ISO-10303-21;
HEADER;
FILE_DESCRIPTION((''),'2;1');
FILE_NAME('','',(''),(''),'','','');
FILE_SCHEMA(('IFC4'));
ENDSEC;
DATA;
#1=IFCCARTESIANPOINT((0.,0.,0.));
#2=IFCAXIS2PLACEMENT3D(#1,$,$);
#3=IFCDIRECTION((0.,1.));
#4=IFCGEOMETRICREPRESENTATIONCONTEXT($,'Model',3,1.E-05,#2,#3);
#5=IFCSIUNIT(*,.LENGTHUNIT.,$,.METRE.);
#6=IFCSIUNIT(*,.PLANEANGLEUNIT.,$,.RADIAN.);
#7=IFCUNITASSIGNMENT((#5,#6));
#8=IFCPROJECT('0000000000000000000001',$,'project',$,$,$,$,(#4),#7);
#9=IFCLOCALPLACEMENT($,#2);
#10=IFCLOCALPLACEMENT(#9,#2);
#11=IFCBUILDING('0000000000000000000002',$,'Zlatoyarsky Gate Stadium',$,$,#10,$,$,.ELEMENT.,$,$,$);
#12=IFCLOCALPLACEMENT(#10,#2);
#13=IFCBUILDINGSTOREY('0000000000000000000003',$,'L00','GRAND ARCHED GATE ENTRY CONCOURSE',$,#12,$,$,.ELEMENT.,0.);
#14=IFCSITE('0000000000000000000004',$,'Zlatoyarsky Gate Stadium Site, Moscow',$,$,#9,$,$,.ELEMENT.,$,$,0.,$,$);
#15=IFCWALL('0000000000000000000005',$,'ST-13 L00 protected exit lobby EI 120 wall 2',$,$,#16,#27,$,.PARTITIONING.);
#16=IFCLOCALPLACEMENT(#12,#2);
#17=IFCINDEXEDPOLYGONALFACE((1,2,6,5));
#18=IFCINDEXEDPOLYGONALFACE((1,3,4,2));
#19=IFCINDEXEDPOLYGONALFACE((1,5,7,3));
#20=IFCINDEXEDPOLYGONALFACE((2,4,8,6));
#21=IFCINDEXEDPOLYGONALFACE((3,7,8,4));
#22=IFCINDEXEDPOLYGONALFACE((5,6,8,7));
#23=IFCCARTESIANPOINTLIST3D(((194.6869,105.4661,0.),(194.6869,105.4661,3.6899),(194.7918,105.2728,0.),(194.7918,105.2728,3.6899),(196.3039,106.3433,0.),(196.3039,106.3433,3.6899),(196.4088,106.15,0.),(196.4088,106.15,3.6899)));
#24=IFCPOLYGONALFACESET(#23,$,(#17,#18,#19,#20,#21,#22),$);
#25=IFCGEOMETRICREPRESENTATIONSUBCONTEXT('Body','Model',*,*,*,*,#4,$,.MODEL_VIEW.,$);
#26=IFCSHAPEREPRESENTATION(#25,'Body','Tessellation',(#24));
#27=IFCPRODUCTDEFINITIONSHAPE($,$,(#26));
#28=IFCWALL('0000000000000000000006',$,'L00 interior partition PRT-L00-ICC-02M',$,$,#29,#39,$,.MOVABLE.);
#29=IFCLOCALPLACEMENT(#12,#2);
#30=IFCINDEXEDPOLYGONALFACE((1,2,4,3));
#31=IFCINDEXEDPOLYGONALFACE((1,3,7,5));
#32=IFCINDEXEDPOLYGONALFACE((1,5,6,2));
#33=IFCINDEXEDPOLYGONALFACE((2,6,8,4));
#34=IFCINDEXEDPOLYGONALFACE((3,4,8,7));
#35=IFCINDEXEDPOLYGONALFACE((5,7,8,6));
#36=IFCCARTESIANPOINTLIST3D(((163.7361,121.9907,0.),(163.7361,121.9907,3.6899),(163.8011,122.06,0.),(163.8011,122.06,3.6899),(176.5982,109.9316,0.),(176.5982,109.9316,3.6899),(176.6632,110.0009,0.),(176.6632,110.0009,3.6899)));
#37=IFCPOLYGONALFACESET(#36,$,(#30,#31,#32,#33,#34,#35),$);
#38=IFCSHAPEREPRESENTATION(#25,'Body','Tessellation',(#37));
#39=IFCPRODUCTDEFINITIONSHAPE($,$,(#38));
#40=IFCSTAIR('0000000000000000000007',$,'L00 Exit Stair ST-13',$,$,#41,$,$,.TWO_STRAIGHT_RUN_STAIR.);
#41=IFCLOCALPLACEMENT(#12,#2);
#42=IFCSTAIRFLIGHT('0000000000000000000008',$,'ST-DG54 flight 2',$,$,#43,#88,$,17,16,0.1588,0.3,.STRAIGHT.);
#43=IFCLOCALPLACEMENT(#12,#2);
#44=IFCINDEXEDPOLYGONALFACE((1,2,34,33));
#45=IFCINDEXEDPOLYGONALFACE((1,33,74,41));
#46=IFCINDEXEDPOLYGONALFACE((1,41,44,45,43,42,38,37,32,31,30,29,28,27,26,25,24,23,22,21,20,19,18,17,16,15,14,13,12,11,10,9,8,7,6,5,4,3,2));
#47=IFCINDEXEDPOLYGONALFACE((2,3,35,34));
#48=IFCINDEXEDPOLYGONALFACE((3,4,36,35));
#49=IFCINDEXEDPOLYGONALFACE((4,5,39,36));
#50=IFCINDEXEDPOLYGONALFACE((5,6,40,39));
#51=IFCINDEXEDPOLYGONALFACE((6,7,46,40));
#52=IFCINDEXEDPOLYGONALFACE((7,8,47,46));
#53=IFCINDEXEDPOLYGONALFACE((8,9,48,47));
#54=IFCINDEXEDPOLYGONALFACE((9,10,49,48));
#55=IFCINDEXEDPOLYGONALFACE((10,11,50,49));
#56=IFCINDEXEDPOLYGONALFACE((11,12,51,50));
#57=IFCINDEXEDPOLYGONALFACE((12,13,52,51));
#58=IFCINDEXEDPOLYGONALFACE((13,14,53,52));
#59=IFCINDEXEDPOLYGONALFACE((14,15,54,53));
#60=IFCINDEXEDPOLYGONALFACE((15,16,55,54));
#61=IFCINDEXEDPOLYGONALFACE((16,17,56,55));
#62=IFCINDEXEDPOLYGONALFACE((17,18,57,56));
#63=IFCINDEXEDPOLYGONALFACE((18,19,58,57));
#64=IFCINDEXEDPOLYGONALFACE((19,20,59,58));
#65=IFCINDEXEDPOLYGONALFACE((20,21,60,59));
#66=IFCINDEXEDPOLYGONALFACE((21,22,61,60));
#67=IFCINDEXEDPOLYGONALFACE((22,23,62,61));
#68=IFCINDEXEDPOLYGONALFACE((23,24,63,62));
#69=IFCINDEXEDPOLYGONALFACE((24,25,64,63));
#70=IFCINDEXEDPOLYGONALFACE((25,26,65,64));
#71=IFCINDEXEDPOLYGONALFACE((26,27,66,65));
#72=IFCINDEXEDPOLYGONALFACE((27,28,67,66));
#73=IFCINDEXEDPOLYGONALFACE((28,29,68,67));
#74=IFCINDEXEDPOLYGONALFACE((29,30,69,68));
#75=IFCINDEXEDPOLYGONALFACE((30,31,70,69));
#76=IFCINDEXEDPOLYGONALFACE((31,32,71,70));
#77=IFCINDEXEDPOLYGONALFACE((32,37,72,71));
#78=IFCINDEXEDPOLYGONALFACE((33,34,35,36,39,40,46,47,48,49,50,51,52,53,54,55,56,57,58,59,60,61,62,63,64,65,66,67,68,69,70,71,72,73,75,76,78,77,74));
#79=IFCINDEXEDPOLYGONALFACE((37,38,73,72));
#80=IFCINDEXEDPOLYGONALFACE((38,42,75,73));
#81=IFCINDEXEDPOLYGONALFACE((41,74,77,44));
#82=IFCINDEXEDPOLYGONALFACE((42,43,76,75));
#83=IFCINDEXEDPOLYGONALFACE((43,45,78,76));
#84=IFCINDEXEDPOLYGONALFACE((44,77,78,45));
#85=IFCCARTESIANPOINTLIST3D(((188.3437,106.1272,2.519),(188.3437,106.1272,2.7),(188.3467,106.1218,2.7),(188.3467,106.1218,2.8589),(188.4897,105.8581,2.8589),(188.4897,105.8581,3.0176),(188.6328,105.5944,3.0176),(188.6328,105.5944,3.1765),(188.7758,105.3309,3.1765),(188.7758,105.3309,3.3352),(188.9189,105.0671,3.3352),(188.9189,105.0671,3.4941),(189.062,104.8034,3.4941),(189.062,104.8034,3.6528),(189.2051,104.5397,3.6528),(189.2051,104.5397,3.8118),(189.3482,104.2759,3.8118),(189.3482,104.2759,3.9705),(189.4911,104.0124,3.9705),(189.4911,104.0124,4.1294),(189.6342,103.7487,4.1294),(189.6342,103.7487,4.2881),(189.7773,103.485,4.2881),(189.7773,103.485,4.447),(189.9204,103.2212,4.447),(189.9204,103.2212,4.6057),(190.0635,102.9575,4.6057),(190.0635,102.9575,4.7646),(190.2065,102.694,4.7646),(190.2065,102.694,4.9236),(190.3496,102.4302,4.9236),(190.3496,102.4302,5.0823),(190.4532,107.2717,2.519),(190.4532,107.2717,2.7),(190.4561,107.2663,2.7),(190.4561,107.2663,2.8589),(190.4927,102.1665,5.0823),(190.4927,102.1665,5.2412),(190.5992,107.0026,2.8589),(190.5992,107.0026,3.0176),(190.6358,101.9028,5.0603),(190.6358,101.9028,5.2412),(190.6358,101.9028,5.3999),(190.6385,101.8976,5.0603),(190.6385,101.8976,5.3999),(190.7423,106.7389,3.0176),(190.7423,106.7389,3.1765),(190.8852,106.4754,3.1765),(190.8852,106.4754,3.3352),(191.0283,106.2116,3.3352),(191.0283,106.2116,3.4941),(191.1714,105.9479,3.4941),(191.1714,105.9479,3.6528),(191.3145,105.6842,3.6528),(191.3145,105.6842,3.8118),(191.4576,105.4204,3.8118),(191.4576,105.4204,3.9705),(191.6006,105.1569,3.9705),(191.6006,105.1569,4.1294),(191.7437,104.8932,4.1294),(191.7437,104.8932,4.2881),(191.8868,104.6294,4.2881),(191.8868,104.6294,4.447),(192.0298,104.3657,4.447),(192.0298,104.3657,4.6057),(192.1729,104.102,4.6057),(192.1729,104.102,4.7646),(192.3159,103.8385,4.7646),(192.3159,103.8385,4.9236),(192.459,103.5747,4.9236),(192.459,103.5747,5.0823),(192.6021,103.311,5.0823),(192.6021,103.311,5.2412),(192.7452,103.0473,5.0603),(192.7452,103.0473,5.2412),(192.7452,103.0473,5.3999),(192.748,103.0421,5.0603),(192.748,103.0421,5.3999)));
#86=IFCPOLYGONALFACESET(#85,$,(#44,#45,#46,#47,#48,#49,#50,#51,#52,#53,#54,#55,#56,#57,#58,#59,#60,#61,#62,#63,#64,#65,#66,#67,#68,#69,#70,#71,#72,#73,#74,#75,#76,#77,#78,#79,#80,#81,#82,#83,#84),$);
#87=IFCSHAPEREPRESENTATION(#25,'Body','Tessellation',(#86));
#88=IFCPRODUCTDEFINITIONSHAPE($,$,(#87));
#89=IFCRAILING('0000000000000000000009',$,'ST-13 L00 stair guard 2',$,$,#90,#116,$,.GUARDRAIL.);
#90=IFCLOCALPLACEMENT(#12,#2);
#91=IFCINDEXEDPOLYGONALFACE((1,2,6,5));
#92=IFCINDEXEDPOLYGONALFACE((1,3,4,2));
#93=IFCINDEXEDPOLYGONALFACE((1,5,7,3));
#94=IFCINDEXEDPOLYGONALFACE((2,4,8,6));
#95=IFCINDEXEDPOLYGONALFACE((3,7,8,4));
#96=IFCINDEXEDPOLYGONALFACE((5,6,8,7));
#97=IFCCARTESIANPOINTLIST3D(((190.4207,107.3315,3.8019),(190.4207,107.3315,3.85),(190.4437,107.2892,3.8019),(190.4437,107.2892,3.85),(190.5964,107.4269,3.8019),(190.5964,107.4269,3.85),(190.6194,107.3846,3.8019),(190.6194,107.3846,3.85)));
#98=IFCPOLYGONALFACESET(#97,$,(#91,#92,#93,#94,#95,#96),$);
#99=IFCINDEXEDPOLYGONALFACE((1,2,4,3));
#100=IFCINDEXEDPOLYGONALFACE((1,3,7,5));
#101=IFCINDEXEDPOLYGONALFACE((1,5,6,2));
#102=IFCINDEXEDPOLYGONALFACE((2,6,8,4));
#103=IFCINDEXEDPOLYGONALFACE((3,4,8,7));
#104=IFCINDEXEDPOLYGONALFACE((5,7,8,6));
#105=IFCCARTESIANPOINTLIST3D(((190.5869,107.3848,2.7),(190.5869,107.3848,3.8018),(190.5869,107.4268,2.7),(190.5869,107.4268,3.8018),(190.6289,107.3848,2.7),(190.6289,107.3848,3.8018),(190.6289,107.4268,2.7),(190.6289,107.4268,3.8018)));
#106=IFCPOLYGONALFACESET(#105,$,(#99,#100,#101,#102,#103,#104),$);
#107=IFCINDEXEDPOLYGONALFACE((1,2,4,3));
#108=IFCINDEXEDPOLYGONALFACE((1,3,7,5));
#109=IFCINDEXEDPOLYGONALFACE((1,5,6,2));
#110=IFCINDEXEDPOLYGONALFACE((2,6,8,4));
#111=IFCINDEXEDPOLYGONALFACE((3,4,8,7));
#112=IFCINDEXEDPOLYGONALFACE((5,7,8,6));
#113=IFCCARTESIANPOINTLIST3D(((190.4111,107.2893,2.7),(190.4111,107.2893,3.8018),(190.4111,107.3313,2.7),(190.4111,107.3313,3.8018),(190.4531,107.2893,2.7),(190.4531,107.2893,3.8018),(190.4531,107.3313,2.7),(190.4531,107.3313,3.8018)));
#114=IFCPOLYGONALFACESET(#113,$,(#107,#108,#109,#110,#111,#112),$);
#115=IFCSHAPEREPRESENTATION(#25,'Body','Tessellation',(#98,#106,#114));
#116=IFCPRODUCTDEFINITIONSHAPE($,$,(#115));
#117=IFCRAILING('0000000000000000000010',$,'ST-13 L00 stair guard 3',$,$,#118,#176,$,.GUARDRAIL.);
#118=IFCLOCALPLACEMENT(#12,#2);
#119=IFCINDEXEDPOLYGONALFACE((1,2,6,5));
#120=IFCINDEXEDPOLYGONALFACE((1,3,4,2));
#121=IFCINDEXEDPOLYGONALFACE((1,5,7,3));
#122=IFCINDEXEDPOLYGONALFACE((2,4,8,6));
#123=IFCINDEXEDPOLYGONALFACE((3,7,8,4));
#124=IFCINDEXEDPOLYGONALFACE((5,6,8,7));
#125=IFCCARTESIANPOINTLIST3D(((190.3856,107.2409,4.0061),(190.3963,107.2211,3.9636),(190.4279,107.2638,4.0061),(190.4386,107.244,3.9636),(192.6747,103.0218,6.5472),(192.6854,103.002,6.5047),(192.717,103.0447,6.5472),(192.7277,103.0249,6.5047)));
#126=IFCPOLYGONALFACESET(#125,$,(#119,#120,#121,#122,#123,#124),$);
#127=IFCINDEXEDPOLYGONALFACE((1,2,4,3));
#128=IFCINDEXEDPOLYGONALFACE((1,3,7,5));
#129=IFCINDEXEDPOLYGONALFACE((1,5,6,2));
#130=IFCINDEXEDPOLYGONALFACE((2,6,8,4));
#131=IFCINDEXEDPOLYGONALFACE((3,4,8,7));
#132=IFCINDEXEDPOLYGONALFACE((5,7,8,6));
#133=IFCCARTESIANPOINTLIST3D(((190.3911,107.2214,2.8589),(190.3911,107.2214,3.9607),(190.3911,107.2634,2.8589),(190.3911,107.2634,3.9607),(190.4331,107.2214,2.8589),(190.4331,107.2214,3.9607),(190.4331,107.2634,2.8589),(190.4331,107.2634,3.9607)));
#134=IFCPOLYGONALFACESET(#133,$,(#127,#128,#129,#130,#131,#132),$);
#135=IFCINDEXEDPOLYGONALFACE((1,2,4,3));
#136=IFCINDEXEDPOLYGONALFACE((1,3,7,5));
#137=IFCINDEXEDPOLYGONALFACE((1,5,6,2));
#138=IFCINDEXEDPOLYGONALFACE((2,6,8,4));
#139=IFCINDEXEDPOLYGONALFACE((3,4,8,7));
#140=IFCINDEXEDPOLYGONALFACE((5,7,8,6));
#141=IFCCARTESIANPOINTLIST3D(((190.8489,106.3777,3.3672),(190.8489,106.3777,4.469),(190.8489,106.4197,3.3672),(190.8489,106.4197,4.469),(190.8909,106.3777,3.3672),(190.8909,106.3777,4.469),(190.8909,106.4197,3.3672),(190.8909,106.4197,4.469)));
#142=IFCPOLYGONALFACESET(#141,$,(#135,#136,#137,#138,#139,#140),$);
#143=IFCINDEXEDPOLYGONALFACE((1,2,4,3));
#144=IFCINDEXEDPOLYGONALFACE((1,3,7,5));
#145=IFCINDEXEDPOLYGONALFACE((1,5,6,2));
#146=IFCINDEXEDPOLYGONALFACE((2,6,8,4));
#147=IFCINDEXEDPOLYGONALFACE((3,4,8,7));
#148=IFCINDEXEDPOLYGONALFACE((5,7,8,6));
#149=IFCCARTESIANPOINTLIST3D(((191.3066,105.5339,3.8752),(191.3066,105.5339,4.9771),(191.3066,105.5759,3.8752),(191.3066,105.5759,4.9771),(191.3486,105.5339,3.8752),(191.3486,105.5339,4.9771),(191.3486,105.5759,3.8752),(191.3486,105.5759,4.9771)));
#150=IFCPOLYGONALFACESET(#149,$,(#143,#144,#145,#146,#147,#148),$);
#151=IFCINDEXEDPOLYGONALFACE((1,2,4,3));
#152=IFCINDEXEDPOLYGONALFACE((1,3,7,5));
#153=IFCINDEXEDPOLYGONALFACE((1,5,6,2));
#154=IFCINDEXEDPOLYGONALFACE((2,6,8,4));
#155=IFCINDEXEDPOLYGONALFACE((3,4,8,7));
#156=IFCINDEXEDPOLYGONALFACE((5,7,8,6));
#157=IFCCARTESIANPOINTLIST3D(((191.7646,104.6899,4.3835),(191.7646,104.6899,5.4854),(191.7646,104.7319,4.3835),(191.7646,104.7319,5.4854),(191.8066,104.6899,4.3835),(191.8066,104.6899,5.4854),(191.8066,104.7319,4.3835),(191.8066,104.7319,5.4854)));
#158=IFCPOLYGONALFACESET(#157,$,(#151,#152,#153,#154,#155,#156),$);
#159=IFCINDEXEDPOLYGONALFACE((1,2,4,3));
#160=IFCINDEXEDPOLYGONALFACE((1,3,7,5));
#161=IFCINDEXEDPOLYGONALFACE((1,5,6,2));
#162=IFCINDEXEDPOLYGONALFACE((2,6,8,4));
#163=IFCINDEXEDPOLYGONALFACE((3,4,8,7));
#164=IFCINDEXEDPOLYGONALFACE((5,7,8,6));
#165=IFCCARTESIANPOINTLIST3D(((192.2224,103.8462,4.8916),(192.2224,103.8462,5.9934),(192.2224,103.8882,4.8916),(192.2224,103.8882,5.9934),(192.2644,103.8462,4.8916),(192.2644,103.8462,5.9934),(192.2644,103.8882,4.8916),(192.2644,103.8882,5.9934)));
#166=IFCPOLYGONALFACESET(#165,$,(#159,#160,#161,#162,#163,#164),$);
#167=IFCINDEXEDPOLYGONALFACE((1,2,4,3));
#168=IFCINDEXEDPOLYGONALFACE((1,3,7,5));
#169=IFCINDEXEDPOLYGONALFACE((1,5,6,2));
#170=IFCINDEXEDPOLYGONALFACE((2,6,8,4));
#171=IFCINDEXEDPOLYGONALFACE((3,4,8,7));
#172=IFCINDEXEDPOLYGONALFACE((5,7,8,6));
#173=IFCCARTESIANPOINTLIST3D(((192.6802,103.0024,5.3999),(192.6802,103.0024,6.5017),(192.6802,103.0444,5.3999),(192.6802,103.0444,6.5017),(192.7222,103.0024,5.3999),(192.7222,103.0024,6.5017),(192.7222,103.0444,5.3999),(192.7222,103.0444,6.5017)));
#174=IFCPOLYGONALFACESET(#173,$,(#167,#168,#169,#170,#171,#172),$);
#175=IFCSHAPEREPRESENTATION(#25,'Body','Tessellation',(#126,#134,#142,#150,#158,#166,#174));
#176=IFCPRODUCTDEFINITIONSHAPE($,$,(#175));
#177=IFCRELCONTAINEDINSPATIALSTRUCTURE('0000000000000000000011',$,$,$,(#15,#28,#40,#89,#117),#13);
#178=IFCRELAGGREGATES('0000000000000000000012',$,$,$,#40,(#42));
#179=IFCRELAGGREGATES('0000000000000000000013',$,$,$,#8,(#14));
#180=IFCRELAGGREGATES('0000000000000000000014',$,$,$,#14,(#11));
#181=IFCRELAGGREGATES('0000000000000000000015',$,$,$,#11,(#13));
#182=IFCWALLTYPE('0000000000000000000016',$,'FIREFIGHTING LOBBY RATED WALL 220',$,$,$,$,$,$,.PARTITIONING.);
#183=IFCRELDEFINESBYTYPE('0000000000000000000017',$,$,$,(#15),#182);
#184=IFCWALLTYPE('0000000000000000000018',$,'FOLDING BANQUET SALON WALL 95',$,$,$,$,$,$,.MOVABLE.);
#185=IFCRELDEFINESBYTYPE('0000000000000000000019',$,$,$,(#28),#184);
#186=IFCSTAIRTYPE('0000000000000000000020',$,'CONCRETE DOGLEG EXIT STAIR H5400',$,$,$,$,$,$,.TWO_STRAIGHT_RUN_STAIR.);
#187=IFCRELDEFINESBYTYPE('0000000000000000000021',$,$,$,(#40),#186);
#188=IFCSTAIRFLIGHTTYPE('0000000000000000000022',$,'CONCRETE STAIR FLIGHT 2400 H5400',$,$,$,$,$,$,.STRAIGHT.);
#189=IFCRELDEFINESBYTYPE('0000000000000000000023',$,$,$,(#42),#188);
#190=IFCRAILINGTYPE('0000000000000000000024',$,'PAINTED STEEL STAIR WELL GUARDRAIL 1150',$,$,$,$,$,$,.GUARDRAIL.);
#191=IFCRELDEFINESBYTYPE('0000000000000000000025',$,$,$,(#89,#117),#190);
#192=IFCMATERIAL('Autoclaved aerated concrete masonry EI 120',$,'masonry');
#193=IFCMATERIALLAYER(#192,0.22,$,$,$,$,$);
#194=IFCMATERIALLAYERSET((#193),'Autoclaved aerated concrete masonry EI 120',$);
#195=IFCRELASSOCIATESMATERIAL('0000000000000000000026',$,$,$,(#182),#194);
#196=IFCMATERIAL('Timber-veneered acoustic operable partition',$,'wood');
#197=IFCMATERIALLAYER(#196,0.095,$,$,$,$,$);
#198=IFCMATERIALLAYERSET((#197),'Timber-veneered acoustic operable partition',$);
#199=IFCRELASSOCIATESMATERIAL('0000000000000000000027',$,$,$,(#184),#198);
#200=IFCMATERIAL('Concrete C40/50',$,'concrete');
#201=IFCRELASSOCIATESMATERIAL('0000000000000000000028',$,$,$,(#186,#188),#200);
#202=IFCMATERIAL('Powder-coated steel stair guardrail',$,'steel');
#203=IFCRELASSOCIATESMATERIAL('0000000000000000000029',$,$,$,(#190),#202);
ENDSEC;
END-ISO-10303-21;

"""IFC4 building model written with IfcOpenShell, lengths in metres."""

from ifc_helpers import new_model, si_unit, direction, frame, frame_2d, origin, origin_2d, place, context, subcontext, project, spatial, polyline, rectangle, outline, extrude, material, layer, layer_set, type_object, element, aggregate, save


model = new_model("IFC4")

# Units and contexts
model_context = context("Model", 3, precision=1e-05, world=origin(), true_north=direction((0.0, 1.0)))
body_context = subcontext(model_context, "Body", "Model", "MODEL_VIEW")
ifc_project = project(units=[si_unit("LENGTHUNIT", "METRE"), si_unit("PLANEANGLEUNIT", "RADIAN")], contexts=[model_context])

# Site, building, storey
site_placement = place(None, origin())
site = spatial("IfcSite", under=ifc_project, at=site_placement, Name="Zlatoyarsky Gate Stadium Site, Moscow", CompositionType="ELEMENT", RefElevation=0.0)
building_placement = place(site_placement, origin())
building = spatial("IfcBuilding", under=site, at=building_placement, Name="Zlatoyarsky Gate Stadium", CompositionType="ELEMENT")
storey_placement = place(building_placement, origin())
storey = spatial("IfcBuildingStorey", under=building, at=storey_placement, Name="L00", Description="GRAND ARCHED GATE ENTRY CONCOURSE", CompositionType="ELEMENT", Elevation=0.0)

# Shared definitions
ifc_material_1 = material(Name="Concrete C40/50", Category="concrete")

# Walls
ifc_material_2 = material(Name="Autoclaved aerated concrete masonry EI 120", Category="masonry")
ifc_layer_1 = layer(ifc_material_2, 0.22)
ifc_layer_set_1 = layer_set([ifc_layer_1], Name="Autoclaved aerated concrete masonry EI 120")
wall_type_1 = type_object("IfcWallType", Name="FIREFIGHTING LOBBY RATED WALL 220", PredefinedType="PARTITIONING", material=ifc_layer_set_1)
wall_1_placement = place(storey_placement, frame((194.7393, 105.3694, 0.0), z_axis=(0.0, 0.0, 1.0), x_axis=(0.878984, 0.476852, 0.0)))
element("IfcWall", 1, at=wall_1_placement, inside=storey, type_object=wall_type_1, Name="ST-13 L00 protected exit lobby EI 120 wall 2", PredefinedType="PARTITIONING", context=body_context, shape_type="SweptSolid", body=[
    extrude(rectangle(XDim=1.8396, YDim=0.22, at=frame_2d((0.9199, 0.0))), origin(), (0.0, 0.0, 1.0), 3.6899),
])
ifc_material_3 = material(Name="Timber-veneered acoustic operable partition", Category="wood")
ifc_layer_2 = layer(ifc_material_3, 0.095)
ifc_layer_set_2 = layer_set([ifc_layer_2], Name="Timber-veneered acoustic operable partition")
wall_type_2 = type_object("IfcWallType", Name="FOLDING BANQUET SALON WALL 95", PredefinedType="MOVABLE", material=ifc_layer_set_2)
wall_2_placement = place(storey_placement, frame((176.6306, 109.9663, 0.0), z_axis=(0.0, 0.0, 1.0), x_axis=(-0.729512, 0.683968, 0.0)))
element("IfcWall", 2, at=wall_2_placement, inside=storey, type_object=wall_type_2, Name="L00 interior partition PRT-L00-ICC-02M", PredefinedType="MOVABLE", context=body_context, shape_type="SweptSolid", body=[
    extrude(rectangle(XDim=17.6311, YDim=0.095, at=frame_2d((8.8154, 0.0))), origin(), (0.0, 0.0, 1.0), 3.6899),
])

# Stair, stair flight
stair_type = type_object("IfcStairType", Name="CONCRETE DOGLEG EXIT STAIR H5400", PredefinedType="TWO_STRAIGHT_RUN_STAIR", material=ifc_material_1)
stair_placement = place(storey_placement, origin())
stair = element("IfcStair", 3, at=stair_placement, inside=storey, type_object=stair_type, Name="L00 Exit Stair ST-13", PredefinedType="TWO_STRAIGHT_RUN_STAIR")
stair_flight_type = type_object("IfcStairFlightType", Name="CONCRETE STAIR FLIGHT 2400 H5400", PredefinedType="STRAIGHT", material=ifc_material_1)
stair_flight_placement = place(storey_placement, frame((189.4014, 106.6941, 2.7), z_axis=(0.0, 0.0, 1.0), x_axis=(0.47689, -0.878963, 0.0)))
stair_flight = element("IfcStairFlight", 4, at=stair_flight_placement, type_object=stair_flight_type, Name="ST-DG54 flight 2", NumberOfRisers=17, NumberOfTreads=16, PredefinedType="STRAIGHT", RiserHeight=0.1588, TreadLength=0.3, context=body_context, shape_type="SweptSolid", body=[
    extrude(outline(polyline([(-0.0061, -0.1809), (-0.0061, 0.0), (0.0, 0.0), (0.0, 0.1589), (0.3, 0.1589), (0.3, 0.3176), (0.6001, 0.3176), (0.6001, 0.4766), (0.8999, 0.4766), (0.8999, 0.6353), (1.2, 0.6353), (1.2, 0.7942), (1.5, 0.7942), (1.5, 0.9529), (1.8, 0.9529), (1.8, 1.1118), (2.1001, 1.1118), (2.1001, 1.2705), (2.3999, 1.2705), (2.3999, 1.4294), (2.7, 1.4294), (2.7, 1.5881), (3.0, 1.5881), (3.0, 1.7471), (3.3, 1.7471), (3.3, 1.9058), (3.6001, 1.9058), (3.6001, 2.0647), (3.8999, 2.0647), (3.8999, 2.2236), (4.2, 2.2236), (4.2, 2.3823), (4.5, 2.3823), (4.5, 2.5413), (4.8, 2.5413), (4.8, 2.7), (4.8059, 2.7), (4.8059, 2.3604), (4.8, 2.3604), (-0.0061, -0.1809)])), frame((0.0, 1.2, 0.0), z_axis=(0.0, -1.0, 0.0), x_axis=(1.0, 0.0, 0.0)), (0.0, 0.0, 1.0), 2.3999),
])
aggregate(stair, [stair_flight])

# Railings
ifc_material_4 = material(Name="Powder-coated steel stair guardrail", Category="steel")
railing_type_1 = type_object("IfcRailingType", Name="PAINTED STEEL STAIR WELL GUARDRAIL 1150", PredefinedType="GUARDRAIL", material=ifc_material_4)
railing_1_placement = place(storey_placement, frame((190.6079, 107.4058, 2.7)))
element("IfcRailing", 5, at=railing_1_placement, inside=storey, type_object=railing_type_1, Name="ST-13 L00 stair guard 2", PredefinedType="GUARDRAIL", context=body_context, shape_type="SweptSolid", body=[
    extrude(rectangle(XDim=0.0481, YDim=0.0481, at=origin_2d()), frame((0.0, 0.0, 1.126), z_axis=(-0.87878, -0.477227, 0.0), x_axis=(0.477227, -0.87878, 0.0)), (0.0, 0.0, 1.0), 0.2),
    extrude(rectangle(XDim=0.042, YDim=0.042, at=origin_2d()), origin(), (0.0, 0.0, 1.0), 1.1018),
    extrude(rectangle(XDim=0.042, YDim=0.042, at=origin_2d()), frame((-0.1758, -0.0955, 0.0)), (0.0, 0.0, 1.0), 1.1018),
])
railing_2_placement = place(storey_placement, frame((190.4121, 107.2424, 2.8589)))
element("IfcRailing", 6, at=railing_2_placement, inside=storey, type_object=railing_type_1, Name="ST-13 L00 stair guard 3", PredefinedType="GUARDRAIL", context=body_context, shape_type="SweptSolid", body=[
    extrude(rectangle(XDim=0.0481, YDim=0.0481, at=origin_2d()), frame((0.0, 0.0, 1.126), z_axis=(0.421476, -0.776826, 0.467867), x_axis=(0.878962, 0.476891, 0.0)), (0.0, 0.0, 1.0), 5.4312),
    extrude(rectangle(XDim=0.042, YDim=0.042, at=origin_2d()), origin(), (0.0, 0.0, 1.0), 1.1018),
    extrude(rectangle(XDim=0.042, YDim=0.042, at=origin_2d()), frame((0.4578, -0.8438, 0.5083)), (0.0, 0.0, 1.0), 1.1018),
    extrude(rectangle(XDim=0.042, YDim=0.042, at=origin_2d()), frame((0.9155, -1.6875, 1.0164)), (0.0, 0.0, 1.0), 1.1018),
    extrude(rectangle(XDim=0.042, YDim=0.042, at=origin_2d()), frame((1.3735, -2.5315, 1.5247)), (0.0, 0.0, 1.0), 1.1018),
    extrude(rectangle(XDim=0.042, YDim=0.042, at=origin_2d()), frame((1.8313, -3.3752, 2.0327)), (0.0, 0.0, 1.0), 1.1018),
    extrude(rectangle(XDim=0.042, YDim=0.042, at=origin_2d()), frame((2.2891, -4.219, 2.541)), (0.0, 0.0, 1.0), 1.1018),
])

save(model, "model.ifc")
